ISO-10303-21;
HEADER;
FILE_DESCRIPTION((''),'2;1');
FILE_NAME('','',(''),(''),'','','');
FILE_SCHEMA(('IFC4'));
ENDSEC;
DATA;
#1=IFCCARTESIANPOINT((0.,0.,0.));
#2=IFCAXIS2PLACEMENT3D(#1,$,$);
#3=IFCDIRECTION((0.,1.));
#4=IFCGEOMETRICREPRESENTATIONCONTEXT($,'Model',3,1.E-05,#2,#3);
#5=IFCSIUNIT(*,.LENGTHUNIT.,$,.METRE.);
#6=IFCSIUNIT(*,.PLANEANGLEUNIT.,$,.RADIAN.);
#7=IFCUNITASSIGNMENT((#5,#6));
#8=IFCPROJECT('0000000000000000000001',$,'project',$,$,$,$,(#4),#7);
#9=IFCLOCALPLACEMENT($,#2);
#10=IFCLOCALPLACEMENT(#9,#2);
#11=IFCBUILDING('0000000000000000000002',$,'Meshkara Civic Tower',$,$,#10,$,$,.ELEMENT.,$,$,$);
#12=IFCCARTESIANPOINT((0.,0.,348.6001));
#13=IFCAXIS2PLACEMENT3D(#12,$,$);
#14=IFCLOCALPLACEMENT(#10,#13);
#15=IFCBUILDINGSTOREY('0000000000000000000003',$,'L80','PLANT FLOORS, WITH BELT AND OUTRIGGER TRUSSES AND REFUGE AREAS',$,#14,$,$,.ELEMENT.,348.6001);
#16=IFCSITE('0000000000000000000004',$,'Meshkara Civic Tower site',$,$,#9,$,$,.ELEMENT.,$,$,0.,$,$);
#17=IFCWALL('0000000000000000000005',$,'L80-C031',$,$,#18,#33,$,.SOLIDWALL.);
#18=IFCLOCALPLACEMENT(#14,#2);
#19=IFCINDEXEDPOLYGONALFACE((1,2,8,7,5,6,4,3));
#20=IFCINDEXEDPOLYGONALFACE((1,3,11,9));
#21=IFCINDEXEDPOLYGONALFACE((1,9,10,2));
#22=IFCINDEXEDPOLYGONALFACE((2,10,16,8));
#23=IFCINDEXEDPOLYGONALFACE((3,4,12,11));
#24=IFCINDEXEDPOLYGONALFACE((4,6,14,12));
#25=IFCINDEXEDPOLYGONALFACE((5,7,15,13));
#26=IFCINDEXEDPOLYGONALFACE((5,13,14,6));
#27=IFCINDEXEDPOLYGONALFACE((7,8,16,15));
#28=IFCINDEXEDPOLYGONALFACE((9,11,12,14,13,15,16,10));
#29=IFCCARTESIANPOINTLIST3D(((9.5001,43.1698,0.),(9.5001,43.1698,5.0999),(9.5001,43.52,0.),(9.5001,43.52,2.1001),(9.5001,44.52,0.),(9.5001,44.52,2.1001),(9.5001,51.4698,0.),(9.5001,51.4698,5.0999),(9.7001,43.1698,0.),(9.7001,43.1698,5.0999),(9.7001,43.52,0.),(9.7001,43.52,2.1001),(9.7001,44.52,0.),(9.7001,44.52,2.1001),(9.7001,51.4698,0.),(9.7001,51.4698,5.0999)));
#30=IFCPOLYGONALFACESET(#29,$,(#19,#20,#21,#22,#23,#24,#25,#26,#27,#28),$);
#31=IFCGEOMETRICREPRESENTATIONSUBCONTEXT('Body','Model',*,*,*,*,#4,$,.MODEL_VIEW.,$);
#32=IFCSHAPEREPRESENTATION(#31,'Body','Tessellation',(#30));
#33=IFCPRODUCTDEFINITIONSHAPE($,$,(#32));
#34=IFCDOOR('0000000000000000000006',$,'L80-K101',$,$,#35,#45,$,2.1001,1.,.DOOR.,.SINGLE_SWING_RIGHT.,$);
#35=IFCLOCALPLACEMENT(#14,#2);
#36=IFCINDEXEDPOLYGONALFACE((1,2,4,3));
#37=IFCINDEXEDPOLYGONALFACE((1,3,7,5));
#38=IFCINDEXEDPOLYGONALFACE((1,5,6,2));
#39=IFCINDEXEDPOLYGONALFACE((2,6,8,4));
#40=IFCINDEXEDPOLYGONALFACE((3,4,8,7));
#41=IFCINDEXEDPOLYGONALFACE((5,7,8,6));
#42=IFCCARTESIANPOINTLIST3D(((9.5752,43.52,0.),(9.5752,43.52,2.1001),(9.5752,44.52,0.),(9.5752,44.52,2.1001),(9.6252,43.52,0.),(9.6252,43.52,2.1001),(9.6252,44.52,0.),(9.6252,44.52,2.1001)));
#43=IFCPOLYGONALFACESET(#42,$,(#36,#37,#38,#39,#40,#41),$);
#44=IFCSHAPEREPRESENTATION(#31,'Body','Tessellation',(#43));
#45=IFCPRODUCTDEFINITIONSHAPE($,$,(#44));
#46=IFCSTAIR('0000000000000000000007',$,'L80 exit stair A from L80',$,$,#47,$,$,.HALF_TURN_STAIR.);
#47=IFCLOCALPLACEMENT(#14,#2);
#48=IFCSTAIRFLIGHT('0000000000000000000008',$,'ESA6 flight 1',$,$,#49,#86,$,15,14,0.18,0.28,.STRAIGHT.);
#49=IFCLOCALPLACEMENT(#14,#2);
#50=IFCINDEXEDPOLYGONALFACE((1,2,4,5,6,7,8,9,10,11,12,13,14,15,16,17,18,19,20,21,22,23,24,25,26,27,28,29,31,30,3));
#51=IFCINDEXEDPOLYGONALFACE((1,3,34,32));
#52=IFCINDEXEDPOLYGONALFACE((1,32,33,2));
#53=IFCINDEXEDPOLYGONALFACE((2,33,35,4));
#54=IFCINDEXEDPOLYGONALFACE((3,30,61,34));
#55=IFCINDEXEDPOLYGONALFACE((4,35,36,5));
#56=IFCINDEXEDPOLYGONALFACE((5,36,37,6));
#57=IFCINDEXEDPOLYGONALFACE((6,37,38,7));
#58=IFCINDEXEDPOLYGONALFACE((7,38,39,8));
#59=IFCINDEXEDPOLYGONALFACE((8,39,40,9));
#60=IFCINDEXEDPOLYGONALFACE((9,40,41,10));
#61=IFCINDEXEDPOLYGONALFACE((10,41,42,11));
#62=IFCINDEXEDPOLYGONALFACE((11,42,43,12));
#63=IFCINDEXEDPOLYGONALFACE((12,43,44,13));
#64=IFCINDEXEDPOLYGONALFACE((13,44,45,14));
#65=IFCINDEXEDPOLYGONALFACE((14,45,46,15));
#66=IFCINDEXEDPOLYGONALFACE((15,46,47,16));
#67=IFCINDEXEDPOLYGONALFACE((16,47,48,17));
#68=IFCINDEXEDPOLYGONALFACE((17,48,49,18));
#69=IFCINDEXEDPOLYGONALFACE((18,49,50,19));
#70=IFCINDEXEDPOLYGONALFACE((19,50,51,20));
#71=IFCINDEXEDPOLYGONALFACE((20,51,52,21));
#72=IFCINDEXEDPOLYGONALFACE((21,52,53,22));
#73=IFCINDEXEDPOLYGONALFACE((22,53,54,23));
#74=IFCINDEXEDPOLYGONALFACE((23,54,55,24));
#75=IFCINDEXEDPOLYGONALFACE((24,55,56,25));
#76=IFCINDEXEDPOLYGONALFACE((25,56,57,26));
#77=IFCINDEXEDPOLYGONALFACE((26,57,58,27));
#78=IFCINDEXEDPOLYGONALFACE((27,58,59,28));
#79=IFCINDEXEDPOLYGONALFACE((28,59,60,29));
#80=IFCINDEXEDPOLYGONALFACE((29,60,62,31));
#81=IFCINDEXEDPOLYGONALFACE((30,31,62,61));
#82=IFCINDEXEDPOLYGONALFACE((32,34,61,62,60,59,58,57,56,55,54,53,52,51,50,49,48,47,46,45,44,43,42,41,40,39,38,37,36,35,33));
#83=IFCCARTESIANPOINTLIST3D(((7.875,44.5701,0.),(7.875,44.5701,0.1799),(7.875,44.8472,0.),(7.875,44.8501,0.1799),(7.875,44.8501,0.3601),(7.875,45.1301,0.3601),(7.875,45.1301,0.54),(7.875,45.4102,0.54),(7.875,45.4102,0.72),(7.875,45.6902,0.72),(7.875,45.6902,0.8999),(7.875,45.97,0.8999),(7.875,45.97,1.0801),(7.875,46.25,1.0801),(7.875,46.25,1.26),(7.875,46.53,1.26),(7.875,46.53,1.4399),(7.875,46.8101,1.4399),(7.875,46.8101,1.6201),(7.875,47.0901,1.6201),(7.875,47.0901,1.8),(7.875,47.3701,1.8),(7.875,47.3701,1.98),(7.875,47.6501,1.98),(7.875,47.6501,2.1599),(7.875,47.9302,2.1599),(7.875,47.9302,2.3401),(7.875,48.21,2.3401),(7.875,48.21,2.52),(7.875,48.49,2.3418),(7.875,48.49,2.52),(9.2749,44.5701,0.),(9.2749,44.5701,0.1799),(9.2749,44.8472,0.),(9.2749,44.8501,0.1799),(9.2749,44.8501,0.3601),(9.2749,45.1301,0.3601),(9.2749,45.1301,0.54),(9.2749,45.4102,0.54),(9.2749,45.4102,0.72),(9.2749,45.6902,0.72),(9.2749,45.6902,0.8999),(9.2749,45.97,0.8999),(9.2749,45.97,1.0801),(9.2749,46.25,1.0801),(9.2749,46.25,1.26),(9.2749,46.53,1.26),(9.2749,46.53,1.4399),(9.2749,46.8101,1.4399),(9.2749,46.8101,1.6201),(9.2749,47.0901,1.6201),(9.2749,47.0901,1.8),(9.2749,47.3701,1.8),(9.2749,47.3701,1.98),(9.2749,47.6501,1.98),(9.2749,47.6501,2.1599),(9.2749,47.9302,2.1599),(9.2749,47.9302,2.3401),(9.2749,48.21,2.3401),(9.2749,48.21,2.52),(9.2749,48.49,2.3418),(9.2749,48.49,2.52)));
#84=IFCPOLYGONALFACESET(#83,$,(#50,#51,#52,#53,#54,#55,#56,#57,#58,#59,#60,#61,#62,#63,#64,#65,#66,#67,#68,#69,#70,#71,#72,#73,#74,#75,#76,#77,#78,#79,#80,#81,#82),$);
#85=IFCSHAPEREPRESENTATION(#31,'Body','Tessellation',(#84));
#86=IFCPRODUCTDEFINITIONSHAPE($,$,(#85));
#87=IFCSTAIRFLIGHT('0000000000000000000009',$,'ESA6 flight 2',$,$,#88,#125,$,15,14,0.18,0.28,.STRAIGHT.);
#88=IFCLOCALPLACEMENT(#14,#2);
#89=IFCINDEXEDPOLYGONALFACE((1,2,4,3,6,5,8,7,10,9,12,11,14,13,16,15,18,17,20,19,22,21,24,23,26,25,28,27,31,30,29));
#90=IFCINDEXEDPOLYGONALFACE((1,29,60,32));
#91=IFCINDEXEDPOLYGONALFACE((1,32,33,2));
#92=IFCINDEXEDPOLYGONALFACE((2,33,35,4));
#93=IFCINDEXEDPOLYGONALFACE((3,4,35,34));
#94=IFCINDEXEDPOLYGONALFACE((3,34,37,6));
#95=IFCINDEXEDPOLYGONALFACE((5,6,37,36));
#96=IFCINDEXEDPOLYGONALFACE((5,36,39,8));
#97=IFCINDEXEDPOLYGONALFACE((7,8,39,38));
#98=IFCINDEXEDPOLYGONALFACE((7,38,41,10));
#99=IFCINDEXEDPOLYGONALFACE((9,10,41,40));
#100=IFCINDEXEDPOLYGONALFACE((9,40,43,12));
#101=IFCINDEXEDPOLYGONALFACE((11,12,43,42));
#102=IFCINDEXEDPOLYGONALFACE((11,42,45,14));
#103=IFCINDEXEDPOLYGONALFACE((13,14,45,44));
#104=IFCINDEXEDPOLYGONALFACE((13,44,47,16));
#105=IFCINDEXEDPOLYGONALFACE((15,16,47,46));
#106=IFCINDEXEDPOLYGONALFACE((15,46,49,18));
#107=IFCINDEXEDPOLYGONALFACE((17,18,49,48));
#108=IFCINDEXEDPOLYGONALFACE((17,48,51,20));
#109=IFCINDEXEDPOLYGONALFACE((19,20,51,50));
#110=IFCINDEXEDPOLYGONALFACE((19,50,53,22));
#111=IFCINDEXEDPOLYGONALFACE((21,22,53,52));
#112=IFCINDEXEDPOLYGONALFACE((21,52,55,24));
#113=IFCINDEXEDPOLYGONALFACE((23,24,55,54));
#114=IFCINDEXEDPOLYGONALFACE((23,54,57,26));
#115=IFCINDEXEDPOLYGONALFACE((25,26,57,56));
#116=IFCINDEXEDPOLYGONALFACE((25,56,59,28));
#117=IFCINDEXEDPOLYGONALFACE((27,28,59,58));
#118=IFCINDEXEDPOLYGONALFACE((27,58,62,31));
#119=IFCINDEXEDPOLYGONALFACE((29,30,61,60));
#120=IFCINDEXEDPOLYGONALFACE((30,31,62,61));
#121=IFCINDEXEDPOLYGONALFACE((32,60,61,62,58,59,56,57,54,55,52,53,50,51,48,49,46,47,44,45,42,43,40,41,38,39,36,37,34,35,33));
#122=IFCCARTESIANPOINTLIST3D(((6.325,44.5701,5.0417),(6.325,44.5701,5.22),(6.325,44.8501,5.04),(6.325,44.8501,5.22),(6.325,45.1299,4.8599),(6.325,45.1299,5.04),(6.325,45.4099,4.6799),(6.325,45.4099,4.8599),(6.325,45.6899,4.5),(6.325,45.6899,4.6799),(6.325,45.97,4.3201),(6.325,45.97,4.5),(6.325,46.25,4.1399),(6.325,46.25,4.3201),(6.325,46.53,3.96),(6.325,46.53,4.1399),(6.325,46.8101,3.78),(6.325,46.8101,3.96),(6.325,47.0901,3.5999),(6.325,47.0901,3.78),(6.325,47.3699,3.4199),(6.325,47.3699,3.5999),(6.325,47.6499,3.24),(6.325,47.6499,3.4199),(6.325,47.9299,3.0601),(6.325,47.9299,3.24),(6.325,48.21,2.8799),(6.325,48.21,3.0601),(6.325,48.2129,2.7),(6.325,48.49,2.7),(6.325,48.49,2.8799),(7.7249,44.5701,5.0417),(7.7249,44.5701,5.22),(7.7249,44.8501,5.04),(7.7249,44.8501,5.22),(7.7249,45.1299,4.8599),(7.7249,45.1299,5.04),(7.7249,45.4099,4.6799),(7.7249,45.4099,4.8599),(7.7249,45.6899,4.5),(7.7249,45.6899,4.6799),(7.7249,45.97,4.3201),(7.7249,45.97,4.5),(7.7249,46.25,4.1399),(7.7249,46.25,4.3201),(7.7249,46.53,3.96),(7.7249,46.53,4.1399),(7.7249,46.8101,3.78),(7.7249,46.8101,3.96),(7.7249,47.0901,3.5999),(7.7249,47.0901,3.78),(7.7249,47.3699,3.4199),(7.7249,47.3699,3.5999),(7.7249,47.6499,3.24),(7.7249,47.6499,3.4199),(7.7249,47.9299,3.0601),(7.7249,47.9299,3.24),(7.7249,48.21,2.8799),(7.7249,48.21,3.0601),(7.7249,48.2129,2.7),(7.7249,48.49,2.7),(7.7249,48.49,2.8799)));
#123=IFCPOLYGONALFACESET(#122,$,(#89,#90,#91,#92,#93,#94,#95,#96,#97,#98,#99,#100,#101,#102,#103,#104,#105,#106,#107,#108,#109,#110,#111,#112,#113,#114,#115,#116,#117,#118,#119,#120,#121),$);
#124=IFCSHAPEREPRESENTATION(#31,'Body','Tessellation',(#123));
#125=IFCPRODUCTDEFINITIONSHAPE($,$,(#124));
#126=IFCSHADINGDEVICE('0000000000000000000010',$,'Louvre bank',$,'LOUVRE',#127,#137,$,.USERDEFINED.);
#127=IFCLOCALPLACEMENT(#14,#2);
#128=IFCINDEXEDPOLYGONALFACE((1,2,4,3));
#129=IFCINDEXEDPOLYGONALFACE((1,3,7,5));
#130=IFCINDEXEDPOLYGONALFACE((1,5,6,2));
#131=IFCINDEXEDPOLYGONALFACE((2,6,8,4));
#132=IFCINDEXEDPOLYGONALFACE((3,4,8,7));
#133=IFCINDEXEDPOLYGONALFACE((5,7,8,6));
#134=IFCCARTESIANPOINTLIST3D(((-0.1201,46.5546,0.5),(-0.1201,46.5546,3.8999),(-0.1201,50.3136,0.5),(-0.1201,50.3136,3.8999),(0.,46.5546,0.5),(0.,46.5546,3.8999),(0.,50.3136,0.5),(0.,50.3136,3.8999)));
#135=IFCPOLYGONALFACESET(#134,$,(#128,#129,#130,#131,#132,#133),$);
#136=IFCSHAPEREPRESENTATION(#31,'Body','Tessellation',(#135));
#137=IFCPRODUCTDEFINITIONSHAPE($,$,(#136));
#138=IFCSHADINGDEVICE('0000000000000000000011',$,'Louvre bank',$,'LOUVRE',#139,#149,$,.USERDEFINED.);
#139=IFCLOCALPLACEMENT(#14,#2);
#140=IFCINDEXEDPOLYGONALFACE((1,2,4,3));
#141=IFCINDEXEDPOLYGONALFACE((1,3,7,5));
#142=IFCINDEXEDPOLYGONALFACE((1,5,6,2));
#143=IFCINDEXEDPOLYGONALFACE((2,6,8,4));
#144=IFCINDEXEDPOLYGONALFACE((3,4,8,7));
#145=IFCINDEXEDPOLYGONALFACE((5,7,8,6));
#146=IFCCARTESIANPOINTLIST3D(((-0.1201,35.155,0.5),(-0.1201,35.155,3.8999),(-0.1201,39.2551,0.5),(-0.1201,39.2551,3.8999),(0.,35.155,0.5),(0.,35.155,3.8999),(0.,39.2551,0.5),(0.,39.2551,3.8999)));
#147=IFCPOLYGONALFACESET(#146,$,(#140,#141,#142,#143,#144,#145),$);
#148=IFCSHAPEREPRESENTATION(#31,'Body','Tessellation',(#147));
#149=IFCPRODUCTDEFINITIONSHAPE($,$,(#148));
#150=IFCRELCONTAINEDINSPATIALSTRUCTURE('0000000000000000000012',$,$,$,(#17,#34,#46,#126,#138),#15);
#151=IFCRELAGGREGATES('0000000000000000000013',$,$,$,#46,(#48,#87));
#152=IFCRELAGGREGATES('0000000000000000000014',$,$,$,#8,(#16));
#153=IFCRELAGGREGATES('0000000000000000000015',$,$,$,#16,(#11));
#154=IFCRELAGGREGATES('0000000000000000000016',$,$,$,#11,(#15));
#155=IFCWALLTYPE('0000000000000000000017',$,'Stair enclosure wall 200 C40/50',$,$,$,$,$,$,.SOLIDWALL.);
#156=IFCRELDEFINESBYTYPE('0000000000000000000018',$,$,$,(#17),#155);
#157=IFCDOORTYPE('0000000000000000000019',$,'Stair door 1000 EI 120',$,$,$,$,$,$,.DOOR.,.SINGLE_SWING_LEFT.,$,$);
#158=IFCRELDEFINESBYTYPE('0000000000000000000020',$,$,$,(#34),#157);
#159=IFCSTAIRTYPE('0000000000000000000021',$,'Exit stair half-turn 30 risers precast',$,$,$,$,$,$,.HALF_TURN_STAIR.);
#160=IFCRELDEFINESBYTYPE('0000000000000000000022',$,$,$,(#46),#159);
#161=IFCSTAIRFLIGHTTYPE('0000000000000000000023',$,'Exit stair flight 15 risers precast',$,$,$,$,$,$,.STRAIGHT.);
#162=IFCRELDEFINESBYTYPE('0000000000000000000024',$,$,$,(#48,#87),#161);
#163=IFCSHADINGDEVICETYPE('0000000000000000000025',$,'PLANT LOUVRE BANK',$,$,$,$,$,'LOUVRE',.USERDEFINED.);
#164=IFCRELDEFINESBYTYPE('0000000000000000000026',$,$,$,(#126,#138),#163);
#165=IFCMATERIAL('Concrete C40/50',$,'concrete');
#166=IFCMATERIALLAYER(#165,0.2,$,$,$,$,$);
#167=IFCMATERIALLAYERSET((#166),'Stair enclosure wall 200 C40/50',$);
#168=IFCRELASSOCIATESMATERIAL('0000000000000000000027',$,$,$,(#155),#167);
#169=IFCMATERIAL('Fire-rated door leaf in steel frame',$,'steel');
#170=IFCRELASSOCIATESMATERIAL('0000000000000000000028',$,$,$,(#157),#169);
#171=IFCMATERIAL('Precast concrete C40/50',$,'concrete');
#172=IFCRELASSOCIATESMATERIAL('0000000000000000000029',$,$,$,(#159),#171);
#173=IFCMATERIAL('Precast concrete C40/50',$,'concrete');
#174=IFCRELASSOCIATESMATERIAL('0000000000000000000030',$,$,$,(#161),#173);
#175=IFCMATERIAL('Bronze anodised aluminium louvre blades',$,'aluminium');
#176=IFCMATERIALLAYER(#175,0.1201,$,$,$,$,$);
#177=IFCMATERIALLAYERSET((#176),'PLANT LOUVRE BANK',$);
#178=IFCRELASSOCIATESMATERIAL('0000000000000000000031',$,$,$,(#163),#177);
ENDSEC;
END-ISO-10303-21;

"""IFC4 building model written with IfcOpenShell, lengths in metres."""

from ifc_helpers import new_model, si_unit, direction, frame, frame_2d, origin, origin_2d, place, context, subcontext, project, spatial, polyline, rectangle, outline, extrude, material, layer, layer_set, type_object, element, fill, aggregate, save


model = new_model("IFC4")

# Units and contexts
model_context = context("Model", 3, precision=1e-05, world=origin(), true_north=direction((0.0, 1.0)))
body_context = subcontext(model_context, "Body", "Model", "MODEL_VIEW")
ifc_project = project(units=[si_unit("LENGTHUNIT", "METRE"), si_unit("PLANEANGLEUNIT", "RADIAN")], contexts=[model_context])

# Site, building, storey
site_placement = place(None, origin())
site = spatial("IfcSite", under=ifc_project, at=site_placement, Name="Meshkara Civic Tower site", CompositionType="ELEMENT", RefElevation=0.0)
building_placement = place(site_placement, origin())
building = spatial("IfcBuilding", under=site, at=building_placement, Name="Meshkara Civic Tower", CompositionType="ELEMENT")
storey_placement = place(building_placement, frame((0.0, 0.0, 348.6001)))
storey = spatial("IfcBuildingStorey", under=building, at=storey_placement, Name="L80", Description="PLANT FLOORS, WITH BELT AND OUTRIGGER TRUSSES AND REFUGE AREAS", CompositionType="ELEMENT", Elevation=348.6001)

# Wall, opening, door
ifc_material_1 = material(Name="Concrete C40/50", Category="concrete")
ifc_layer_1 = layer(ifc_material_1, 0.2)
ifc_layer_set_1 = layer_set([ifc_layer_1], Name="Stair enclosure wall 200 C40/50")
wall_type_1 = type_object("IfcWallType", Name="Stair enclosure wall 200 C40/50", PredefinedType="SOLIDWALL", material=ifc_layer_set_1)
wall_1_placement = place(storey_placement, frame((9.6001, 43.1699, 0.0), z_axis=(0.0, 0.0, 1.0), x_axis=(0.0, 1.0, 0.0)))
wall_1 = element("IfcWall", 1, at=wall_1_placement, inside=storey, type_object=wall_type_1, Name="L80-C031", PredefinedType="SOLIDWALL", context=body_context, shape_type="SweptSolid", body=[
    extrude(rectangle(XDim=8.3, YDim=0.2, at=frame_2d((4.1499, 0.0))), origin(), (0.0, 0.0, 1.0), 5.0999),
])
opening_1_placement = place(wall_1_placement, frame((0.3501, 0.0, 0.0)))
opening_1 = element("IfcOpeningElement", 2, at=opening_1_placement, cuts=wall_1, PredefinedType="OPENING", context=body_context, shape_type="SweptSolid", body=[
    extrude(rectangle(XDim=1.0, YDim=2.1001, at=frame_2d((0.5, 1.05))), frame((0.0, 0.1099, 0.0), z_axis=(0.0, -1.0, 0.0), x_axis=(1.0, 0.0, 0.0)), (0.0, 0.0, 1.0), 0.22),
])
ifc_material_2 = material(Name="Fire-rated door leaf in steel frame", Category="steel")
door_type_1 = type_object("IfcDoorType", Name="Stair door 1000 EI 120", OperationType="SINGLE_SWING_LEFT", PredefinedType="DOOR", material=ifc_material_2)
door_1_placement = place(opening_1_placement, origin())
door_1 = element("IfcDoor", 3, at=door_1_placement, inside=storey, type_object=door_type_1, Name="L80-K101", OperationType="SINGLE_SWING_RIGHT", OverallHeight=2.1001, OverallWidth=1.0, PredefinedType="DOOR", context=body_context, shape_type="SweptSolid", body=[
    extrude(rectangle(XDim=1.0, YDim=2.1001, at=frame_2d((0.5, 1.05))), frame((0.0, 0.0249, 0.0), z_axis=(0.0, -1.0, 0.0), x_axis=(1.0, 0.0, 0.0)), (0.0, 0.0, 1.0), 0.05),
])
fill(opening_1, door_1)

# Stair, stair flights
ifc_material_3 = material(Name="Precast concrete C40/50", Category="concrete")
stair_type = type_object("IfcStairType", Name="Exit stair half-turn 30 risers precast", PredefinedType="HALF_TURN_STAIR", material=ifc_material_3)
stair_placement = place(storey_placement, origin())
stair = element("IfcStair", 4, at=stair_placement, inside=storey, type_object=stair_type, Name="L80 exit stair A from L80", PredefinedType="HALF_TURN_STAIR")
ifc_material_4 = material(Name="Precast concrete C40/50", Category="concrete")
stair_flight_type = type_object("IfcStairFlightType", Name="Exit stair flight 15 risers precast", PredefinedType="STRAIGHT", material=ifc_material_4)
stair_flight_1_placement = place(storey_placement, frame((8.575, 44.5701, 0.0), z_axis=(0.0, 0.0, 1.0), x_axis=(0.0, 1.0, 0.0)))
stair_flight_1 = element("IfcStairFlight", 5, at=stair_flight_1_placement, type_object=stair_flight_type, Name="ESA6 flight 1", NumberOfRisers=15, NumberOfTreads=14, PredefinedType="STRAIGHT", RiserHeight=0.18, TreadLength=0.28, context=body_context, shape_type="SweptSolid", body=[
    extrude(outline(polyline([(0.0, 0.0), (0.0, 0.1799), (0.28, 0.1799), (0.28, 0.3601), (0.5601, 0.3601), (0.5601, 0.54), (0.8401, 0.54), (0.8401, 0.72), (1.1201, 0.72), (1.1201, 0.8999), (1.3999, 0.8999), (1.3999, 1.0801), (1.6799, 1.0801), (1.6799, 1.26), (1.96, 1.26), (1.96, 1.4399), (2.24, 1.4399), (2.24, 1.6201), (2.52, 1.6201), (2.52, 1.8), (2.8, 1.8), (2.8, 1.98), (3.0801, 1.98), (3.0801, 2.1599), (3.3601, 2.1599), (3.3601, 2.3401), (3.6399, 2.3401), (3.6399, 2.52), (3.9199, 2.52), (3.9199, 2.7), (3.9199, 2.3418), (0.2771, 0.0), (0.0, 0.0)])), frame((0.0, 0.7, 0.0), z_axis=(0.0, -1.0, 0.0), x_axis=(1.0, 0.0, 0.0)), (0.0, 0.0, 1.0), 1.3999),
])
stair_flight_2_placement = place(storey_placement, frame((7.0249, 48.49, 2.7), z_axis=(0.0, 0.0, 1.0), x_axis=(0.0, -1.0, 0.0)))
stair_flight_2 = element("IfcStairFlight", 6, at=stair_flight_2_placement, type_object=stair_flight_type, Name="ESA6 flight 2", NumberOfRisers=15, NumberOfTreads=14, PredefinedType="STRAIGHT", RiserHeight=0.18, TreadLength=0.28, context=body_context, shape_type="SweptSolid", body=[
    extrude(outline(polyline([(0.0, 0.0), (0.0, 0.1799), (0.28, 0.1799), (0.28, 0.3601), (0.5601, 0.3601), (0.5601, 0.54), (0.8401, 0.54), (0.8401, 0.72), (1.1201, 0.72), (1.1201, 0.8999), (1.3999, 0.8999), (1.3999, 1.0801), (1.6799, 1.0801), (1.6799, 1.26), (1.96, 1.26), (1.96, 1.4399), (2.24, 1.4399), (2.24, 1.6201), (2.52, 1.6201), (2.52, 1.8), (2.8, 1.8), (2.8, 1.98), (3.0801, 1.98), (3.0801, 2.1599), (3.3601, 2.1599), (3.3601, 2.3401), (3.6399, 2.3401), (3.6399, 2.52), (3.9199, 2.52), (3.9199, 2.7), (3.9199, 2.3418), (0.2771, 0.0), (0.0, 0.0)])), frame((0.0, 0.7, 0.0), z_axis=(0.0, -1.0, 0.0), x_axis=(1.0, 0.0, 0.0)), (0.0, 0.0, 1.0), 1.3999),
])
aggregate(stair, [stair_flight_1, stair_flight_2])

# Shading devices
ifc_material_5 = material(Name="Bronze anodised aluminium louvre blades", Category="aluminium")
ifc_layer_2 = layer(ifc_material_5, 0.1201)
ifc_layer_set_2 = layer_set([ifc_layer_2], Name="PLANT LOUVRE BANK")
shading_device_type = type_object("IfcShadingDeviceType", Name="PLANT LOUVRE BANK", ElementType="LOUVRE", PredefinedType="USERDEFINED", material=ifc_layer_set_2)
shading_device_1_placement = place(storey_placement, frame((-0.0601, 48.4341, 0.5), z_axis=(0.0, 0.0, 1.0), x_axis=(0.0, -1.0, 0.0)))
element("IfcShadingDevice", 7, at=shading_device_1_placement, inside=storey, type_object=shading_device_type, Name="Louvre bank", ObjectType="LOUVRE", PredefinedType="USERDEFINED", context=body_context, shape_type="SweptSolid", body=[
    extrude(rectangle(XDim=3.759, YDim=0.1201, at=origin_2d()), origin(), (0.0, 0.0, 1.0), 3.3999),
])
shading_device_2_placement = place(storey_placement, frame((-0.0601, 37.2051, 0.5), z_axis=(0.0, 0.0, 1.0), x_axis=(0.0, -1.0, 0.0)))
element("IfcShadingDevice", 8, at=shading_device_2_placement, inside=storey, type_object=shading_device_type, Name="Louvre bank", ObjectType="LOUVRE", PredefinedType="USERDEFINED", context=body_context, shape_type="SweptSolid", body=[
    extrude(rectangle(XDim=4.1001, YDim=0.1201, at=origin_2d()), origin(), (0.0, 0.0, 1.0), 3.3999),
])

save(model, "model.ifc")
